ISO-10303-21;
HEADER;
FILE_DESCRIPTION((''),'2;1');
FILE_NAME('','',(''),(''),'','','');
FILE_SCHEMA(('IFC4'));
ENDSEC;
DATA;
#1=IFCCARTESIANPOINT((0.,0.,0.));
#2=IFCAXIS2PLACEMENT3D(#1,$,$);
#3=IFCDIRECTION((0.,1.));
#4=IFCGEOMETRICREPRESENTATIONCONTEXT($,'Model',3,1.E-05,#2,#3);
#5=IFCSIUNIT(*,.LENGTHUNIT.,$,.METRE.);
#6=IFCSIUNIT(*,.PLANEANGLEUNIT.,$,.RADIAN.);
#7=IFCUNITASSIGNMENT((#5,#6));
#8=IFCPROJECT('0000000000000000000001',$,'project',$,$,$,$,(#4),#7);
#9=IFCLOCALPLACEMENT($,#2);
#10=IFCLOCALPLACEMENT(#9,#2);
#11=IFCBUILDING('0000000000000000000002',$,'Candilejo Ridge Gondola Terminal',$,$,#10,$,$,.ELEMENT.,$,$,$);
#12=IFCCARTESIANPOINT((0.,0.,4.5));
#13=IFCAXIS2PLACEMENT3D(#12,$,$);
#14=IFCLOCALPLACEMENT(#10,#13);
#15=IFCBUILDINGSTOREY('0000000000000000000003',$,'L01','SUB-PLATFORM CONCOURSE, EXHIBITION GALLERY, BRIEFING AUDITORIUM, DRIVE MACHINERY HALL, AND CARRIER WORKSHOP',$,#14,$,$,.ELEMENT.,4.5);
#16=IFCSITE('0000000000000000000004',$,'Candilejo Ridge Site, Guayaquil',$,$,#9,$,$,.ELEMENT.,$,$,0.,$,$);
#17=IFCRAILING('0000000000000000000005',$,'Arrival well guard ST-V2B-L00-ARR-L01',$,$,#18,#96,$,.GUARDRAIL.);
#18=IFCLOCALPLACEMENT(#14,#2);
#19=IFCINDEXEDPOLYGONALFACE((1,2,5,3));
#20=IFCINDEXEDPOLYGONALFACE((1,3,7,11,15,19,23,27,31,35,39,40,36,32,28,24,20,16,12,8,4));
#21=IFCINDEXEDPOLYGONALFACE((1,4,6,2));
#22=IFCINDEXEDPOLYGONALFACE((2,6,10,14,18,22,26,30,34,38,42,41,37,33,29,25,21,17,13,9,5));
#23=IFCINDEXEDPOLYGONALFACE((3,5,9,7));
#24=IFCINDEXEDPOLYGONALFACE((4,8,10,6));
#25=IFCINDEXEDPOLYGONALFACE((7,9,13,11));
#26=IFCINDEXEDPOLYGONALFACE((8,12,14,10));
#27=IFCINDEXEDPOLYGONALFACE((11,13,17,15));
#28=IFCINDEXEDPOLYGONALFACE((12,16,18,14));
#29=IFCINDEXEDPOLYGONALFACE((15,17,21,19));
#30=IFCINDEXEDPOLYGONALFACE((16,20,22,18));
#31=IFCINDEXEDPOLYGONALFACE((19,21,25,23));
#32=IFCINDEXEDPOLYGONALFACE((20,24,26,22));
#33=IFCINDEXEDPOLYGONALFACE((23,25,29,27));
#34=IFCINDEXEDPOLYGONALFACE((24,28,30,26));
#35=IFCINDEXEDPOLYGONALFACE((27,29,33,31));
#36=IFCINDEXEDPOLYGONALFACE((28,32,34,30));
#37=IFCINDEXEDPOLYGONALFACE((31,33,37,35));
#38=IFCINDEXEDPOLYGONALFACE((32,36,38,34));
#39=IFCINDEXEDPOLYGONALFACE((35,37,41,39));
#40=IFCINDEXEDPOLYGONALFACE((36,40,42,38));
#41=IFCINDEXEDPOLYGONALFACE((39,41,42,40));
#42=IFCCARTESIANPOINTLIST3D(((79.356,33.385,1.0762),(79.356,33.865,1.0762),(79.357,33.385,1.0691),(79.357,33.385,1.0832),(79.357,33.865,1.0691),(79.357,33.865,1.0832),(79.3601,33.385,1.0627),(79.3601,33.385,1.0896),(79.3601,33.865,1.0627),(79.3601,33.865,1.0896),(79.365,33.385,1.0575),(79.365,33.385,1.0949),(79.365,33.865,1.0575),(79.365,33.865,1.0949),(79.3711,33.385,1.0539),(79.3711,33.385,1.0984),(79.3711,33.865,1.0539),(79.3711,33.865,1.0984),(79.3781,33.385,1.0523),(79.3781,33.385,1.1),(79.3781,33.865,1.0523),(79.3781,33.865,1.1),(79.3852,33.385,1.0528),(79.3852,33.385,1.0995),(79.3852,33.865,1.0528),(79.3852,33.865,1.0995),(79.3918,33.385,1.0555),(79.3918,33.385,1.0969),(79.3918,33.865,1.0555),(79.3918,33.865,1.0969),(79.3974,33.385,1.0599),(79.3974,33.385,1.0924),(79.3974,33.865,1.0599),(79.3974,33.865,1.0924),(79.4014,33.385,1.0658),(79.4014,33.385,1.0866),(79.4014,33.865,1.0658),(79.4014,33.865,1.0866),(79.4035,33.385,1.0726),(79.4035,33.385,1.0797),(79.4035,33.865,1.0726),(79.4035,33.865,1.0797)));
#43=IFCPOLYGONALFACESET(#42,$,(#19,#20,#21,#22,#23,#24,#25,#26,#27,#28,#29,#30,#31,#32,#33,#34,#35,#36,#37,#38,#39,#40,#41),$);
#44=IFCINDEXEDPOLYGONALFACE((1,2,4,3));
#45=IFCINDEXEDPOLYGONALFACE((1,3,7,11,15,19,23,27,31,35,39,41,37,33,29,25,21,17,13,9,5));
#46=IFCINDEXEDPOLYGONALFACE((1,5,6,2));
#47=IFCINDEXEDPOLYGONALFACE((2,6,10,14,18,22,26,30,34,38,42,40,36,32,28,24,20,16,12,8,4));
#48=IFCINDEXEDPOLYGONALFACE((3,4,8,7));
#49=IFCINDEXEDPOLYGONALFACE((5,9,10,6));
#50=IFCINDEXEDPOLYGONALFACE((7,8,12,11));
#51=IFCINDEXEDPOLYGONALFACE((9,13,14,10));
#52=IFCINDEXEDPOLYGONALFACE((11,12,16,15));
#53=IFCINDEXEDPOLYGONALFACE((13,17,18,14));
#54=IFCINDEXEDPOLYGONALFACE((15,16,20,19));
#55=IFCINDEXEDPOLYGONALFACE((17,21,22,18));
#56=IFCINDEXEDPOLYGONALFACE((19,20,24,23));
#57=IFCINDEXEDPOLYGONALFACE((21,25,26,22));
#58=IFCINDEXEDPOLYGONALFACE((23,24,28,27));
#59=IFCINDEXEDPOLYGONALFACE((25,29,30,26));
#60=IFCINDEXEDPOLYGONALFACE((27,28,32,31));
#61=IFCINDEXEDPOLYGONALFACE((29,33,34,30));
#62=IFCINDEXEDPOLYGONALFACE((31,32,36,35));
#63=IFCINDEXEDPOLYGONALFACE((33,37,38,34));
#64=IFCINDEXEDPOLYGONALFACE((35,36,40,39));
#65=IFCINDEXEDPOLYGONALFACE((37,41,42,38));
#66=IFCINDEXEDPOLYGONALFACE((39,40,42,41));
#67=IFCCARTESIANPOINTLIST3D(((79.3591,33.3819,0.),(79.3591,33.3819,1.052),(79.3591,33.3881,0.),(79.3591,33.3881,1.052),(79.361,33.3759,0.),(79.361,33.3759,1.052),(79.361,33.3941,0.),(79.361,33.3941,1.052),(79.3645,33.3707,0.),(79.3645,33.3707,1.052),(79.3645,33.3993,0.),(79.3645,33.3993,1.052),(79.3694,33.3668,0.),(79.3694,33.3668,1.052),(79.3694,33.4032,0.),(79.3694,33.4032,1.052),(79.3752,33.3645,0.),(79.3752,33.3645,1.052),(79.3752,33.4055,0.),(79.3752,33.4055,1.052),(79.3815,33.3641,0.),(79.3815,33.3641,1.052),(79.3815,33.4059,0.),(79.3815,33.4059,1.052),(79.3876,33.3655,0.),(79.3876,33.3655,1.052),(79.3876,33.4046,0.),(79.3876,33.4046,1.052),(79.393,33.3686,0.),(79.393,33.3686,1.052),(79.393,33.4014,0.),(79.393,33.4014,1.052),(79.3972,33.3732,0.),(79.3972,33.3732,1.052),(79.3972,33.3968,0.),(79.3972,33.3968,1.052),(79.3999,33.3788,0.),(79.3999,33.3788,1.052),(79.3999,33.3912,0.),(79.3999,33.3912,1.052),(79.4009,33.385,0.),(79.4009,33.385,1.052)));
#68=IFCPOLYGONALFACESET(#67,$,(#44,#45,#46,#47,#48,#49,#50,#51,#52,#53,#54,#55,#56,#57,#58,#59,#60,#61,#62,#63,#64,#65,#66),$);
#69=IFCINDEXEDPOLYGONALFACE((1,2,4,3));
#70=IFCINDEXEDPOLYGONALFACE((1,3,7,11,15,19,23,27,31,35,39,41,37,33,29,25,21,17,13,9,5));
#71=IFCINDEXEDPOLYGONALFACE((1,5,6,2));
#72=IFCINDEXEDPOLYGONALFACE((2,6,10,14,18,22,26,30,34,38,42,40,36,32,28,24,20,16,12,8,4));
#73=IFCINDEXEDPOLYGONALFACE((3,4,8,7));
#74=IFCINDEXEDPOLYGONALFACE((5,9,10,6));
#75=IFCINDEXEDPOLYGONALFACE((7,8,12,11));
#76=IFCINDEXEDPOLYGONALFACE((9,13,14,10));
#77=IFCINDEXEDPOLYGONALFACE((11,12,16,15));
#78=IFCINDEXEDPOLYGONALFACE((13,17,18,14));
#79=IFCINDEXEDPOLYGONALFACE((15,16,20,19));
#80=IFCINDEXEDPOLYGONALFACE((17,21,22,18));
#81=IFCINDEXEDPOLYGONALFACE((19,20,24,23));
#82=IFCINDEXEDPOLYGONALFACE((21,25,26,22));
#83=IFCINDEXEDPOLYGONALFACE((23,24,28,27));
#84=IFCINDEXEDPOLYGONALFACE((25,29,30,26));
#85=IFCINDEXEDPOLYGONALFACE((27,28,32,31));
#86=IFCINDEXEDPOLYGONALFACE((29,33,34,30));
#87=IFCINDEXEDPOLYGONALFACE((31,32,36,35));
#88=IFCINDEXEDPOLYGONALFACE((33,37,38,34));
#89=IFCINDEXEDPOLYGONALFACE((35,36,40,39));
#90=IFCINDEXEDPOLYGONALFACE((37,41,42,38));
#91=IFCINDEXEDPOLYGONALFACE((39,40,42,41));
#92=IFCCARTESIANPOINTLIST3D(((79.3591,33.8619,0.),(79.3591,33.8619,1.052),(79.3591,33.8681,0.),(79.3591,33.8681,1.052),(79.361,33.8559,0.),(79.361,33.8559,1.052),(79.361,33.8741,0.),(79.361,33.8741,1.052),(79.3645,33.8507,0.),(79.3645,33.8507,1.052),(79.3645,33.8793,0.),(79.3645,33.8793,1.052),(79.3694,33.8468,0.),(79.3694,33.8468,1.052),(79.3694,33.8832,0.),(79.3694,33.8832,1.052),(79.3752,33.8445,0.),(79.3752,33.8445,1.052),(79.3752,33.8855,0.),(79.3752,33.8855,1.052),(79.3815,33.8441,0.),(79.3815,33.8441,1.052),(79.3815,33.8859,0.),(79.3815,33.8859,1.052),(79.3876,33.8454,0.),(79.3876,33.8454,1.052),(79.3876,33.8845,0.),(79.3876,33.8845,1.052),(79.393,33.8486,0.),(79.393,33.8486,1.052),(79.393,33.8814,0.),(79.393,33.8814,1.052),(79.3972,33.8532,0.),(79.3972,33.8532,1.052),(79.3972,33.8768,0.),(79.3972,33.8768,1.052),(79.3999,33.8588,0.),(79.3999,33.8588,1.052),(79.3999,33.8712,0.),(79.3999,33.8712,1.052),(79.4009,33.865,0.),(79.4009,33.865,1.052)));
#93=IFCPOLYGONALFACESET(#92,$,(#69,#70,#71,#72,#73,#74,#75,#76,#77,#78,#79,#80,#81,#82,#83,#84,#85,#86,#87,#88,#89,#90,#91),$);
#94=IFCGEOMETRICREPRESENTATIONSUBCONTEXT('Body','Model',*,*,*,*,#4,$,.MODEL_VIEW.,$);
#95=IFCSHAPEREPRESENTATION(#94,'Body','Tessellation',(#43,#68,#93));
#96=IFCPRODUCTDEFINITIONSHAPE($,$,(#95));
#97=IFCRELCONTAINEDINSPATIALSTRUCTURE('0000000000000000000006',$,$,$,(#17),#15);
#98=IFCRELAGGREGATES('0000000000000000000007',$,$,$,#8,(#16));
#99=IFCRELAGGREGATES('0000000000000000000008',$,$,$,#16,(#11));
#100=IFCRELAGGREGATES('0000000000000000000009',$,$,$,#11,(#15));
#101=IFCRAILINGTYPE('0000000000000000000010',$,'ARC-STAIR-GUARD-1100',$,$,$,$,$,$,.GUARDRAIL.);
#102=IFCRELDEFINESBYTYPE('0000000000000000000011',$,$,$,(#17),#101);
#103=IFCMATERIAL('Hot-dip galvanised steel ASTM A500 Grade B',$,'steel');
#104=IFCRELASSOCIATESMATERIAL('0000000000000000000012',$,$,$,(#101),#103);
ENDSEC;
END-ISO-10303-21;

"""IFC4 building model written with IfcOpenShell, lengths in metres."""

from ifc_helpers import new_model, si_unit, direction, frame, origin, origin_2d, place, context, subcontext, project, spatial, circle, extrude, material, type_object, element, save


model = new_model("IFC4")

# Units and contexts
model_context = context("Model", 3, precision=1e-05, world=origin(), true_north=direction((0.0, 1.0)))
body_context = subcontext(model_context, "Body", "Model", "MODEL_VIEW")
ifc_project = project(units=[si_unit("LENGTHUNIT", "METRE"), si_unit("PLANEANGLEUNIT", "RADIAN")], contexts=[model_context])

# Site, building, storey
site_placement = place(None, origin())
site = spatial("IfcSite", under=ifc_project, at=site_placement, Name="Candilejo Ridge Site, Guayaquil", CompositionType="ELEMENT", RefElevation=0.0)
building_placement = place(site_placement, origin())
building = spatial("IfcBuilding", under=site, at=building_placement, Name="Candilejo Ridge Gondola Terminal", CompositionType="ELEMENT")
storey_placement = place(building_placement, frame((0.0, 0.0, 4.5)))
storey = spatial("IfcBuildingStorey", under=building, at=storey_placement, Name="L01", Description="SUB-PLATFORM CONCOURSE, EXHIBITION GALLERY, BRIEFING AUDITORIUM, DRIVE MACHINERY HALL, AND CARRIER WORKSHOP", CompositionType="ELEMENT", Elevation=4.5)

# Railing
ifc_material_1 = material(Name="Hot-dip galvanised steel ASTM A500 Grade B", Category="steel")
railing_type = type_object("IfcRailingType", Name="ARC-STAIR-GUARD-1100", PredefinedType="GUARDRAIL", material=ifc_material_1)
railing_1_placement = place(storey_placement, frame((79.3799, 33.385, 0.0)))
element("IfcRailing", 1, at=railing_1_placement, inside=storey, type_object=railing_type, Name="Arrival well guard ST-V2B-L00-ARR-L01", PredefinedType="GUARDRAIL", context=body_context, shape_type="SweptSolid", body=[
    extrude(circle(Radius=0.0239, at=origin_2d()), frame((0.0, 0.0, 1.0762), z_axis=(0.0, 1.0, 0.0), x_axis=(-1.0, 0.0, 0.0)), (0.0, 0.0, 1.0), 0.48),
    extrude(circle(Radius=0.021, at=origin_2d()), origin(), (0.0, 0.0, 1.0), 1.052),
    extrude(circle(Radius=0.021, at=origin_2d()), frame((0.0, 0.48, 0.0)), (0.0, 0.0, 1.0), 1.052),
])

save(model, "model.ifc")
